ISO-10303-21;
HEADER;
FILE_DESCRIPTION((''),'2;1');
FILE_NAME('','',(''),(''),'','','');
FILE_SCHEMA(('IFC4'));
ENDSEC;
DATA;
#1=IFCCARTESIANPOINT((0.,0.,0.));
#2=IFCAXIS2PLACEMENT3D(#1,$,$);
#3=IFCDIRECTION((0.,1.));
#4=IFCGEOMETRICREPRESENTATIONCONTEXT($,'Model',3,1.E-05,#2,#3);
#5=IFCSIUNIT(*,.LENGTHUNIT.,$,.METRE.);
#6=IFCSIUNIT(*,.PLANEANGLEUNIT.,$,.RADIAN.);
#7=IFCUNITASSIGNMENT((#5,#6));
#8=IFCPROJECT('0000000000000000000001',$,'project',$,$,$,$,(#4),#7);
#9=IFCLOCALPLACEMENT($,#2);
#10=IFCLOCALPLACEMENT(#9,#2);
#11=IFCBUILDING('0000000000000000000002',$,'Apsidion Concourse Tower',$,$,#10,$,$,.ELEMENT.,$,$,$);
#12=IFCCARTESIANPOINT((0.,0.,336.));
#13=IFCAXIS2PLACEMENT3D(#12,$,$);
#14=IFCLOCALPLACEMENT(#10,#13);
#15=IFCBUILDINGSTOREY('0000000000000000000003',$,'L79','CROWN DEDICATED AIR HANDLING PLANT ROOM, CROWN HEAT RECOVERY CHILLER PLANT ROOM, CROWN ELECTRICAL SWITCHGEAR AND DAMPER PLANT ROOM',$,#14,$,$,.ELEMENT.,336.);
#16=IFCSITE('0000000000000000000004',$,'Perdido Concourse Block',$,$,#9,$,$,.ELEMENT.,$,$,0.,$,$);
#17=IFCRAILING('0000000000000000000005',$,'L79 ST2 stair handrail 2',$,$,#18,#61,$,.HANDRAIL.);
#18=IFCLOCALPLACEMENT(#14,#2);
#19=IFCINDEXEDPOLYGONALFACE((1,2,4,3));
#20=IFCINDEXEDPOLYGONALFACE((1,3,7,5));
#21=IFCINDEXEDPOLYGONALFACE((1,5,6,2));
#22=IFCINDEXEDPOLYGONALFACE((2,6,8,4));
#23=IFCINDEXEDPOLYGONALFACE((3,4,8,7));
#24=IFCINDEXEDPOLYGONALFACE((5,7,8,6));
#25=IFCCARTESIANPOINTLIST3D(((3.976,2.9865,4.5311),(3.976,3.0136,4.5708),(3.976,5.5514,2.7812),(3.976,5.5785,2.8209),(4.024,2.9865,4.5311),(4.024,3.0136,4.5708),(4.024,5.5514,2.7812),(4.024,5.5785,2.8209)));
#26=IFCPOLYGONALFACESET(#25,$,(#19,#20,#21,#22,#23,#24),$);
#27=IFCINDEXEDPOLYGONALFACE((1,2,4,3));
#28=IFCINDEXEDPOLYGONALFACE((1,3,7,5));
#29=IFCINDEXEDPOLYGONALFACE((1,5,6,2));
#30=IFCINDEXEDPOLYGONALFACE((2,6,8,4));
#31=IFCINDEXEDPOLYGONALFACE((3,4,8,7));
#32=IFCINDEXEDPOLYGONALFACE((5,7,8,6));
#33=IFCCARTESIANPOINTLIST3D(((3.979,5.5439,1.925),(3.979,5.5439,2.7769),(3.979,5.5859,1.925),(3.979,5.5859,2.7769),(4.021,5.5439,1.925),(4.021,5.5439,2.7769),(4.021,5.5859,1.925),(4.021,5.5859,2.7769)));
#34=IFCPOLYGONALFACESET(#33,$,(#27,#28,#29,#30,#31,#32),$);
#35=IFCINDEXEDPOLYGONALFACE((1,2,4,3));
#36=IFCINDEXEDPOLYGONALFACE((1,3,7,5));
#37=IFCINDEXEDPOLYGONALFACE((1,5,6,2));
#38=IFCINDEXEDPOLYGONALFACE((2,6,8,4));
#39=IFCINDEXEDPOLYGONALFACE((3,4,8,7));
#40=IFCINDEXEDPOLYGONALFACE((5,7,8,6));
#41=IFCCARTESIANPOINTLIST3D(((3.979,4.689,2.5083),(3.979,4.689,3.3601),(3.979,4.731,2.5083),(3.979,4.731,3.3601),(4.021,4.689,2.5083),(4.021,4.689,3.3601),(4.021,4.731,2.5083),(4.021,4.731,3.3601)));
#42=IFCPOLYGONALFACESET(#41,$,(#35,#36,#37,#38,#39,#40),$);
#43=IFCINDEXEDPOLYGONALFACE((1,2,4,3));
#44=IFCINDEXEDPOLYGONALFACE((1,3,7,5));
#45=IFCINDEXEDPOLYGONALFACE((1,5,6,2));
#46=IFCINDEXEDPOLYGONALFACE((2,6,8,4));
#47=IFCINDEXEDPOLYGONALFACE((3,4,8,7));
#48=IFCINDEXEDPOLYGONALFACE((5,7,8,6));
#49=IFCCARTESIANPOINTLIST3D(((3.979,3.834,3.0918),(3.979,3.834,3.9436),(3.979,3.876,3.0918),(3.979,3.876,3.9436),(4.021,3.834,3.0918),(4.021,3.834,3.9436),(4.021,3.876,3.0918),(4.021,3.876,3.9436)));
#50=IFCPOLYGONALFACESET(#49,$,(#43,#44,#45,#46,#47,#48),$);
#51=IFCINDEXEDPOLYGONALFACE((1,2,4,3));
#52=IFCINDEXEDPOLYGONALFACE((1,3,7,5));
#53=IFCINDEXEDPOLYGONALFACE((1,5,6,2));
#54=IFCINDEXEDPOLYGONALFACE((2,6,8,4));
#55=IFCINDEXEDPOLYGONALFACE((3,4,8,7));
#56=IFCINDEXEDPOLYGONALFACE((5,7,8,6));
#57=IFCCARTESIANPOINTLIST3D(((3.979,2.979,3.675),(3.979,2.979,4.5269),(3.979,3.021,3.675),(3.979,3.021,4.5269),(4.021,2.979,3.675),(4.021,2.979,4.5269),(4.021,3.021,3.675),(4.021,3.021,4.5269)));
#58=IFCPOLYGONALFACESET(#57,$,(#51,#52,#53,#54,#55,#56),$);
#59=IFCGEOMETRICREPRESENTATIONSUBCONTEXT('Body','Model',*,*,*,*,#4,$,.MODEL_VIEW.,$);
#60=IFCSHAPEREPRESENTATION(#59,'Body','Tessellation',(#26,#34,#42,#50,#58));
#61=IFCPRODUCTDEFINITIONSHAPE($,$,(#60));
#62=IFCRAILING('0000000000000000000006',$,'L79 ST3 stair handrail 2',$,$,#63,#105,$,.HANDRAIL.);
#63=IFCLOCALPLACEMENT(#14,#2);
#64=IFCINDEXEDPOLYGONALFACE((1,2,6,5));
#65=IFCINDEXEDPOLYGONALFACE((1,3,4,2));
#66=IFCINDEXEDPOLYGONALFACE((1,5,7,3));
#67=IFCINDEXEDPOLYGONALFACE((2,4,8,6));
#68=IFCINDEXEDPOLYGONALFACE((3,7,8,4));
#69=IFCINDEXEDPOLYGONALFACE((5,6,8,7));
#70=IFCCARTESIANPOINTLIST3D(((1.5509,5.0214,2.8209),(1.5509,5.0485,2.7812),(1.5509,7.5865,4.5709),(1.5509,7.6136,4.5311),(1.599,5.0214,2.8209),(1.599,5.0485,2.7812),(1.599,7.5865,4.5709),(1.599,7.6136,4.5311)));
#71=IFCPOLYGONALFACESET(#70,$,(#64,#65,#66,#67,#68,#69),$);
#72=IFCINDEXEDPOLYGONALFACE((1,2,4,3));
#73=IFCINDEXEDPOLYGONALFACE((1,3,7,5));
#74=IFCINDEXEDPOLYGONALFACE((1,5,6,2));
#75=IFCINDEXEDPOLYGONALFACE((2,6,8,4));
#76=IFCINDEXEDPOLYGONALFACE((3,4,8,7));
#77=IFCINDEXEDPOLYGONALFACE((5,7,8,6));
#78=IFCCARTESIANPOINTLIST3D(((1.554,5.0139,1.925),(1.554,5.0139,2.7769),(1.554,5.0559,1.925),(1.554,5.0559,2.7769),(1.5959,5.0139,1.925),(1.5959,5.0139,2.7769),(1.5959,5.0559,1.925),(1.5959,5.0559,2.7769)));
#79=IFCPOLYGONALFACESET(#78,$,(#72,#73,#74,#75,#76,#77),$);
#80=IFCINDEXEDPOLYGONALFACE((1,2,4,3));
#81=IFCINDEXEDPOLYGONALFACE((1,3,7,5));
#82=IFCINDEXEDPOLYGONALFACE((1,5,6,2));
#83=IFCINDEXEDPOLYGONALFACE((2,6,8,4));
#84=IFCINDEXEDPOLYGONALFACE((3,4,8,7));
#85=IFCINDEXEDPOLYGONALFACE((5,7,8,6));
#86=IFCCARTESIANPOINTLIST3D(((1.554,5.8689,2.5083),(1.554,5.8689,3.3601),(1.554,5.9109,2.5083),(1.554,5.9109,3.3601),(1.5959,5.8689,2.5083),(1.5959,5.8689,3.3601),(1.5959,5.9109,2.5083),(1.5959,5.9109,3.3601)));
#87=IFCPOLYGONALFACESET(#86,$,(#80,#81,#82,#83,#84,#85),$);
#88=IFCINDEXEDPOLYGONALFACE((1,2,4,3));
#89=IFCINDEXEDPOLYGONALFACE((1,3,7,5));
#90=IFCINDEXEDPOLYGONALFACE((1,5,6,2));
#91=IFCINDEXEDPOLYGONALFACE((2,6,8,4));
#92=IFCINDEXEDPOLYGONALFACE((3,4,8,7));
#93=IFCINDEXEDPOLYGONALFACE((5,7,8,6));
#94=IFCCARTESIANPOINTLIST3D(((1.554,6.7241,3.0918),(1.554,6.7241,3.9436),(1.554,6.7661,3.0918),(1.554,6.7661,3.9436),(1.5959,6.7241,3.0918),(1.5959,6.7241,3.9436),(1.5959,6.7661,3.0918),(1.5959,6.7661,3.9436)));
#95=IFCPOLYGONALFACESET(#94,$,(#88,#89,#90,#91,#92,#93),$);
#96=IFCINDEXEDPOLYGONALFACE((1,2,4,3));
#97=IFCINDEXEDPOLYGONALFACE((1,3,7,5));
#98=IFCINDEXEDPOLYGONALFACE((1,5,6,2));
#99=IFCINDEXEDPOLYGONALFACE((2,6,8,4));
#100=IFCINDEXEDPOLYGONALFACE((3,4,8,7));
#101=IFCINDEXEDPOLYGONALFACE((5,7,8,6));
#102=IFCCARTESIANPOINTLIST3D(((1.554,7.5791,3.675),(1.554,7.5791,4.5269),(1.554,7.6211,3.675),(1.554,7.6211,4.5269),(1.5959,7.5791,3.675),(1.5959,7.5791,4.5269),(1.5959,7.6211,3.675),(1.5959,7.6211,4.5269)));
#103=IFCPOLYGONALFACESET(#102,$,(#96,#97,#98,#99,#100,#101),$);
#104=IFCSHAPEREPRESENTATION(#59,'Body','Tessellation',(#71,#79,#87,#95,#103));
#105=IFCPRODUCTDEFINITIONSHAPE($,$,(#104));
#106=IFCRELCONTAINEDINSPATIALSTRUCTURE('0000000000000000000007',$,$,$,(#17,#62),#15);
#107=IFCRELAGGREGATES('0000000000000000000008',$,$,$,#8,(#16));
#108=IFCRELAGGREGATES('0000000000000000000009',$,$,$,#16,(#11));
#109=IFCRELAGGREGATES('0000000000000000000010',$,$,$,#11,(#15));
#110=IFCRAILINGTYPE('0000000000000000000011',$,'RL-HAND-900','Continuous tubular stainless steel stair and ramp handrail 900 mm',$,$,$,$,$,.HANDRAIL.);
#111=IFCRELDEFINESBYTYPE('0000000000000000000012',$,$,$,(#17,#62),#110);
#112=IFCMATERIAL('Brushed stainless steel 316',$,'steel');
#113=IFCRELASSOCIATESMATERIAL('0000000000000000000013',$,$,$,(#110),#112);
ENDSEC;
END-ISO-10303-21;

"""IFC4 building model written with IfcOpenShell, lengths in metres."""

from ifc_helpers import new_model, si_unit, direction, frame, origin, origin_2d, place, context, subcontext, project, spatial, rectangle, extrude, material, type_object, element, save


model = new_model("IFC4")

# Units and contexts
model_context = context("Model", 3, precision=1e-05, world=origin(), true_north=direction((0.0, 1.0)))
body_context = subcontext(model_context, "Body", "Model", "MODEL_VIEW")
ifc_project = project(units=[si_unit("LENGTHUNIT", "METRE"), si_unit("PLANEANGLEUNIT", "RADIAN")], contexts=[model_context])

# Site, building, storey
site_placement = place(None, origin())
site = spatial("IfcSite", under=ifc_project, at=site_placement, Name="Perdido Concourse Block", CompositionType="ELEMENT", RefElevation=0.0)
building_placement = place(site_placement, origin())
building = spatial("IfcBuilding", under=site, at=building_placement, Name="Apsidion Concourse Tower", CompositionType="ELEMENT")
storey_placement = place(building_placement, frame((0.0, 0.0, 336.0)))
storey = spatial("IfcBuildingStorey", under=building, at=storey_placement, Name="L79", Description="CROWN DEDICATED AIR HANDLING PLANT ROOM, CROWN HEAT RECOVERY CHILLER PLANT ROOM, CROWN ELECTRICAL SWITCHGEAR AND DAMPER PLANT ROOM", CompositionType="ELEMENT", Elevation=336.0)

# Railings
ifc_material_1 = material(Name="Brushed stainless steel 316", Category="steel")
railing_type_1 = type_object("IfcRailingType", Name="RL-HAND-900", Description="Continuous tubular stainless steel stair and ramp handrail 900 mm", PredefinedType="HANDRAIL", material=ifc_material_1)
railing_1_placement = place(storey_placement, frame((4.0, 5.5649, 1.925)))
element("IfcRailing", 1, at=railing_1_placement, inside=storey, type_object=railing_type_1, Name="L79 ST2 stair handrail 2", PredefinedType="HANDRAIL", context=body_context, shape_type="SweptSolid", body=[
    extrude(rectangle(XDim=0.0481, YDim=0.0481, at=origin_2d()), frame((0.0, 0.0, 0.876), z_axis=(0.0, -0.826051, 0.563595), x_axis=(1.0, 0.0, 0.0)), (0.0, 0.0, 1.0), 3.105),
    extrude(rectangle(XDim=0.042, YDim=0.042, at=origin_2d()), origin(), (0.0, 0.0, 1.0), 0.8518),
    extrude(rectangle(XDim=0.042, YDim=0.042, at=origin_2d()), frame((0.0, -0.855, 0.5833)), (0.0, 0.0, 1.0), 0.8518),
    extrude(rectangle(XDim=0.042, YDim=0.042, at=origin_2d()), frame((0.0, -1.71, 1.1667)), (0.0, 0.0, 1.0), 0.8518),
    extrude(rectangle(XDim=0.042, YDim=0.042, at=origin_2d()), frame((0.0, -2.5649, 1.75)), (0.0, 0.0, 1.0), 0.8518),
])
railing_2_placement = place(storey_placement, frame((1.575, 5.0349, 1.925)))
element("IfcRailing", 2, at=railing_2_placement, inside=storey, type_object=railing_type_1, Name="L79 ST3 stair handrail 2", PredefinedType="HANDRAIL", context=body_context, shape_type="SweptSolid", body=[
    extrude(rectangle(XDim=0.0481, YDim=0.0481, at=origin_2d()), frame((0.0, 0.0, 0.876), z_axis=(0.0, 0.826076, 0.563559), x_axis=(-1.0, 0.0, 0.0)), (0.0, 0.0, 1.0), 3.1052),
    extrude(rectangle(XDim=0.042, YDim=0.042, at=origin_2d()), origin(), (0.0, 0.0, 1.0), 0.8518),
    extrude(rectangle(XDim=0.042, YDim=0.042, at=origin_2d()), frame((0.0, 0.855, 0.5833)), (0.0, 0.0, 1.0), 0.8518),
    extrude(rectangle(XDim=0.042, YDim=0.042, at=origin_2d()), frame((0.0, 1.7102, 1.1667)), (0.0, 0.0, 1.0), 0.8518),
    extrude(rectangle(XDim=0.042, YDim=0.042, at=origin_2d()), frame((0.0, 2.5652, 1.75)), (0.0, 0.0, 1.0), 0.8518),
])

save(model, "model.ifc")
